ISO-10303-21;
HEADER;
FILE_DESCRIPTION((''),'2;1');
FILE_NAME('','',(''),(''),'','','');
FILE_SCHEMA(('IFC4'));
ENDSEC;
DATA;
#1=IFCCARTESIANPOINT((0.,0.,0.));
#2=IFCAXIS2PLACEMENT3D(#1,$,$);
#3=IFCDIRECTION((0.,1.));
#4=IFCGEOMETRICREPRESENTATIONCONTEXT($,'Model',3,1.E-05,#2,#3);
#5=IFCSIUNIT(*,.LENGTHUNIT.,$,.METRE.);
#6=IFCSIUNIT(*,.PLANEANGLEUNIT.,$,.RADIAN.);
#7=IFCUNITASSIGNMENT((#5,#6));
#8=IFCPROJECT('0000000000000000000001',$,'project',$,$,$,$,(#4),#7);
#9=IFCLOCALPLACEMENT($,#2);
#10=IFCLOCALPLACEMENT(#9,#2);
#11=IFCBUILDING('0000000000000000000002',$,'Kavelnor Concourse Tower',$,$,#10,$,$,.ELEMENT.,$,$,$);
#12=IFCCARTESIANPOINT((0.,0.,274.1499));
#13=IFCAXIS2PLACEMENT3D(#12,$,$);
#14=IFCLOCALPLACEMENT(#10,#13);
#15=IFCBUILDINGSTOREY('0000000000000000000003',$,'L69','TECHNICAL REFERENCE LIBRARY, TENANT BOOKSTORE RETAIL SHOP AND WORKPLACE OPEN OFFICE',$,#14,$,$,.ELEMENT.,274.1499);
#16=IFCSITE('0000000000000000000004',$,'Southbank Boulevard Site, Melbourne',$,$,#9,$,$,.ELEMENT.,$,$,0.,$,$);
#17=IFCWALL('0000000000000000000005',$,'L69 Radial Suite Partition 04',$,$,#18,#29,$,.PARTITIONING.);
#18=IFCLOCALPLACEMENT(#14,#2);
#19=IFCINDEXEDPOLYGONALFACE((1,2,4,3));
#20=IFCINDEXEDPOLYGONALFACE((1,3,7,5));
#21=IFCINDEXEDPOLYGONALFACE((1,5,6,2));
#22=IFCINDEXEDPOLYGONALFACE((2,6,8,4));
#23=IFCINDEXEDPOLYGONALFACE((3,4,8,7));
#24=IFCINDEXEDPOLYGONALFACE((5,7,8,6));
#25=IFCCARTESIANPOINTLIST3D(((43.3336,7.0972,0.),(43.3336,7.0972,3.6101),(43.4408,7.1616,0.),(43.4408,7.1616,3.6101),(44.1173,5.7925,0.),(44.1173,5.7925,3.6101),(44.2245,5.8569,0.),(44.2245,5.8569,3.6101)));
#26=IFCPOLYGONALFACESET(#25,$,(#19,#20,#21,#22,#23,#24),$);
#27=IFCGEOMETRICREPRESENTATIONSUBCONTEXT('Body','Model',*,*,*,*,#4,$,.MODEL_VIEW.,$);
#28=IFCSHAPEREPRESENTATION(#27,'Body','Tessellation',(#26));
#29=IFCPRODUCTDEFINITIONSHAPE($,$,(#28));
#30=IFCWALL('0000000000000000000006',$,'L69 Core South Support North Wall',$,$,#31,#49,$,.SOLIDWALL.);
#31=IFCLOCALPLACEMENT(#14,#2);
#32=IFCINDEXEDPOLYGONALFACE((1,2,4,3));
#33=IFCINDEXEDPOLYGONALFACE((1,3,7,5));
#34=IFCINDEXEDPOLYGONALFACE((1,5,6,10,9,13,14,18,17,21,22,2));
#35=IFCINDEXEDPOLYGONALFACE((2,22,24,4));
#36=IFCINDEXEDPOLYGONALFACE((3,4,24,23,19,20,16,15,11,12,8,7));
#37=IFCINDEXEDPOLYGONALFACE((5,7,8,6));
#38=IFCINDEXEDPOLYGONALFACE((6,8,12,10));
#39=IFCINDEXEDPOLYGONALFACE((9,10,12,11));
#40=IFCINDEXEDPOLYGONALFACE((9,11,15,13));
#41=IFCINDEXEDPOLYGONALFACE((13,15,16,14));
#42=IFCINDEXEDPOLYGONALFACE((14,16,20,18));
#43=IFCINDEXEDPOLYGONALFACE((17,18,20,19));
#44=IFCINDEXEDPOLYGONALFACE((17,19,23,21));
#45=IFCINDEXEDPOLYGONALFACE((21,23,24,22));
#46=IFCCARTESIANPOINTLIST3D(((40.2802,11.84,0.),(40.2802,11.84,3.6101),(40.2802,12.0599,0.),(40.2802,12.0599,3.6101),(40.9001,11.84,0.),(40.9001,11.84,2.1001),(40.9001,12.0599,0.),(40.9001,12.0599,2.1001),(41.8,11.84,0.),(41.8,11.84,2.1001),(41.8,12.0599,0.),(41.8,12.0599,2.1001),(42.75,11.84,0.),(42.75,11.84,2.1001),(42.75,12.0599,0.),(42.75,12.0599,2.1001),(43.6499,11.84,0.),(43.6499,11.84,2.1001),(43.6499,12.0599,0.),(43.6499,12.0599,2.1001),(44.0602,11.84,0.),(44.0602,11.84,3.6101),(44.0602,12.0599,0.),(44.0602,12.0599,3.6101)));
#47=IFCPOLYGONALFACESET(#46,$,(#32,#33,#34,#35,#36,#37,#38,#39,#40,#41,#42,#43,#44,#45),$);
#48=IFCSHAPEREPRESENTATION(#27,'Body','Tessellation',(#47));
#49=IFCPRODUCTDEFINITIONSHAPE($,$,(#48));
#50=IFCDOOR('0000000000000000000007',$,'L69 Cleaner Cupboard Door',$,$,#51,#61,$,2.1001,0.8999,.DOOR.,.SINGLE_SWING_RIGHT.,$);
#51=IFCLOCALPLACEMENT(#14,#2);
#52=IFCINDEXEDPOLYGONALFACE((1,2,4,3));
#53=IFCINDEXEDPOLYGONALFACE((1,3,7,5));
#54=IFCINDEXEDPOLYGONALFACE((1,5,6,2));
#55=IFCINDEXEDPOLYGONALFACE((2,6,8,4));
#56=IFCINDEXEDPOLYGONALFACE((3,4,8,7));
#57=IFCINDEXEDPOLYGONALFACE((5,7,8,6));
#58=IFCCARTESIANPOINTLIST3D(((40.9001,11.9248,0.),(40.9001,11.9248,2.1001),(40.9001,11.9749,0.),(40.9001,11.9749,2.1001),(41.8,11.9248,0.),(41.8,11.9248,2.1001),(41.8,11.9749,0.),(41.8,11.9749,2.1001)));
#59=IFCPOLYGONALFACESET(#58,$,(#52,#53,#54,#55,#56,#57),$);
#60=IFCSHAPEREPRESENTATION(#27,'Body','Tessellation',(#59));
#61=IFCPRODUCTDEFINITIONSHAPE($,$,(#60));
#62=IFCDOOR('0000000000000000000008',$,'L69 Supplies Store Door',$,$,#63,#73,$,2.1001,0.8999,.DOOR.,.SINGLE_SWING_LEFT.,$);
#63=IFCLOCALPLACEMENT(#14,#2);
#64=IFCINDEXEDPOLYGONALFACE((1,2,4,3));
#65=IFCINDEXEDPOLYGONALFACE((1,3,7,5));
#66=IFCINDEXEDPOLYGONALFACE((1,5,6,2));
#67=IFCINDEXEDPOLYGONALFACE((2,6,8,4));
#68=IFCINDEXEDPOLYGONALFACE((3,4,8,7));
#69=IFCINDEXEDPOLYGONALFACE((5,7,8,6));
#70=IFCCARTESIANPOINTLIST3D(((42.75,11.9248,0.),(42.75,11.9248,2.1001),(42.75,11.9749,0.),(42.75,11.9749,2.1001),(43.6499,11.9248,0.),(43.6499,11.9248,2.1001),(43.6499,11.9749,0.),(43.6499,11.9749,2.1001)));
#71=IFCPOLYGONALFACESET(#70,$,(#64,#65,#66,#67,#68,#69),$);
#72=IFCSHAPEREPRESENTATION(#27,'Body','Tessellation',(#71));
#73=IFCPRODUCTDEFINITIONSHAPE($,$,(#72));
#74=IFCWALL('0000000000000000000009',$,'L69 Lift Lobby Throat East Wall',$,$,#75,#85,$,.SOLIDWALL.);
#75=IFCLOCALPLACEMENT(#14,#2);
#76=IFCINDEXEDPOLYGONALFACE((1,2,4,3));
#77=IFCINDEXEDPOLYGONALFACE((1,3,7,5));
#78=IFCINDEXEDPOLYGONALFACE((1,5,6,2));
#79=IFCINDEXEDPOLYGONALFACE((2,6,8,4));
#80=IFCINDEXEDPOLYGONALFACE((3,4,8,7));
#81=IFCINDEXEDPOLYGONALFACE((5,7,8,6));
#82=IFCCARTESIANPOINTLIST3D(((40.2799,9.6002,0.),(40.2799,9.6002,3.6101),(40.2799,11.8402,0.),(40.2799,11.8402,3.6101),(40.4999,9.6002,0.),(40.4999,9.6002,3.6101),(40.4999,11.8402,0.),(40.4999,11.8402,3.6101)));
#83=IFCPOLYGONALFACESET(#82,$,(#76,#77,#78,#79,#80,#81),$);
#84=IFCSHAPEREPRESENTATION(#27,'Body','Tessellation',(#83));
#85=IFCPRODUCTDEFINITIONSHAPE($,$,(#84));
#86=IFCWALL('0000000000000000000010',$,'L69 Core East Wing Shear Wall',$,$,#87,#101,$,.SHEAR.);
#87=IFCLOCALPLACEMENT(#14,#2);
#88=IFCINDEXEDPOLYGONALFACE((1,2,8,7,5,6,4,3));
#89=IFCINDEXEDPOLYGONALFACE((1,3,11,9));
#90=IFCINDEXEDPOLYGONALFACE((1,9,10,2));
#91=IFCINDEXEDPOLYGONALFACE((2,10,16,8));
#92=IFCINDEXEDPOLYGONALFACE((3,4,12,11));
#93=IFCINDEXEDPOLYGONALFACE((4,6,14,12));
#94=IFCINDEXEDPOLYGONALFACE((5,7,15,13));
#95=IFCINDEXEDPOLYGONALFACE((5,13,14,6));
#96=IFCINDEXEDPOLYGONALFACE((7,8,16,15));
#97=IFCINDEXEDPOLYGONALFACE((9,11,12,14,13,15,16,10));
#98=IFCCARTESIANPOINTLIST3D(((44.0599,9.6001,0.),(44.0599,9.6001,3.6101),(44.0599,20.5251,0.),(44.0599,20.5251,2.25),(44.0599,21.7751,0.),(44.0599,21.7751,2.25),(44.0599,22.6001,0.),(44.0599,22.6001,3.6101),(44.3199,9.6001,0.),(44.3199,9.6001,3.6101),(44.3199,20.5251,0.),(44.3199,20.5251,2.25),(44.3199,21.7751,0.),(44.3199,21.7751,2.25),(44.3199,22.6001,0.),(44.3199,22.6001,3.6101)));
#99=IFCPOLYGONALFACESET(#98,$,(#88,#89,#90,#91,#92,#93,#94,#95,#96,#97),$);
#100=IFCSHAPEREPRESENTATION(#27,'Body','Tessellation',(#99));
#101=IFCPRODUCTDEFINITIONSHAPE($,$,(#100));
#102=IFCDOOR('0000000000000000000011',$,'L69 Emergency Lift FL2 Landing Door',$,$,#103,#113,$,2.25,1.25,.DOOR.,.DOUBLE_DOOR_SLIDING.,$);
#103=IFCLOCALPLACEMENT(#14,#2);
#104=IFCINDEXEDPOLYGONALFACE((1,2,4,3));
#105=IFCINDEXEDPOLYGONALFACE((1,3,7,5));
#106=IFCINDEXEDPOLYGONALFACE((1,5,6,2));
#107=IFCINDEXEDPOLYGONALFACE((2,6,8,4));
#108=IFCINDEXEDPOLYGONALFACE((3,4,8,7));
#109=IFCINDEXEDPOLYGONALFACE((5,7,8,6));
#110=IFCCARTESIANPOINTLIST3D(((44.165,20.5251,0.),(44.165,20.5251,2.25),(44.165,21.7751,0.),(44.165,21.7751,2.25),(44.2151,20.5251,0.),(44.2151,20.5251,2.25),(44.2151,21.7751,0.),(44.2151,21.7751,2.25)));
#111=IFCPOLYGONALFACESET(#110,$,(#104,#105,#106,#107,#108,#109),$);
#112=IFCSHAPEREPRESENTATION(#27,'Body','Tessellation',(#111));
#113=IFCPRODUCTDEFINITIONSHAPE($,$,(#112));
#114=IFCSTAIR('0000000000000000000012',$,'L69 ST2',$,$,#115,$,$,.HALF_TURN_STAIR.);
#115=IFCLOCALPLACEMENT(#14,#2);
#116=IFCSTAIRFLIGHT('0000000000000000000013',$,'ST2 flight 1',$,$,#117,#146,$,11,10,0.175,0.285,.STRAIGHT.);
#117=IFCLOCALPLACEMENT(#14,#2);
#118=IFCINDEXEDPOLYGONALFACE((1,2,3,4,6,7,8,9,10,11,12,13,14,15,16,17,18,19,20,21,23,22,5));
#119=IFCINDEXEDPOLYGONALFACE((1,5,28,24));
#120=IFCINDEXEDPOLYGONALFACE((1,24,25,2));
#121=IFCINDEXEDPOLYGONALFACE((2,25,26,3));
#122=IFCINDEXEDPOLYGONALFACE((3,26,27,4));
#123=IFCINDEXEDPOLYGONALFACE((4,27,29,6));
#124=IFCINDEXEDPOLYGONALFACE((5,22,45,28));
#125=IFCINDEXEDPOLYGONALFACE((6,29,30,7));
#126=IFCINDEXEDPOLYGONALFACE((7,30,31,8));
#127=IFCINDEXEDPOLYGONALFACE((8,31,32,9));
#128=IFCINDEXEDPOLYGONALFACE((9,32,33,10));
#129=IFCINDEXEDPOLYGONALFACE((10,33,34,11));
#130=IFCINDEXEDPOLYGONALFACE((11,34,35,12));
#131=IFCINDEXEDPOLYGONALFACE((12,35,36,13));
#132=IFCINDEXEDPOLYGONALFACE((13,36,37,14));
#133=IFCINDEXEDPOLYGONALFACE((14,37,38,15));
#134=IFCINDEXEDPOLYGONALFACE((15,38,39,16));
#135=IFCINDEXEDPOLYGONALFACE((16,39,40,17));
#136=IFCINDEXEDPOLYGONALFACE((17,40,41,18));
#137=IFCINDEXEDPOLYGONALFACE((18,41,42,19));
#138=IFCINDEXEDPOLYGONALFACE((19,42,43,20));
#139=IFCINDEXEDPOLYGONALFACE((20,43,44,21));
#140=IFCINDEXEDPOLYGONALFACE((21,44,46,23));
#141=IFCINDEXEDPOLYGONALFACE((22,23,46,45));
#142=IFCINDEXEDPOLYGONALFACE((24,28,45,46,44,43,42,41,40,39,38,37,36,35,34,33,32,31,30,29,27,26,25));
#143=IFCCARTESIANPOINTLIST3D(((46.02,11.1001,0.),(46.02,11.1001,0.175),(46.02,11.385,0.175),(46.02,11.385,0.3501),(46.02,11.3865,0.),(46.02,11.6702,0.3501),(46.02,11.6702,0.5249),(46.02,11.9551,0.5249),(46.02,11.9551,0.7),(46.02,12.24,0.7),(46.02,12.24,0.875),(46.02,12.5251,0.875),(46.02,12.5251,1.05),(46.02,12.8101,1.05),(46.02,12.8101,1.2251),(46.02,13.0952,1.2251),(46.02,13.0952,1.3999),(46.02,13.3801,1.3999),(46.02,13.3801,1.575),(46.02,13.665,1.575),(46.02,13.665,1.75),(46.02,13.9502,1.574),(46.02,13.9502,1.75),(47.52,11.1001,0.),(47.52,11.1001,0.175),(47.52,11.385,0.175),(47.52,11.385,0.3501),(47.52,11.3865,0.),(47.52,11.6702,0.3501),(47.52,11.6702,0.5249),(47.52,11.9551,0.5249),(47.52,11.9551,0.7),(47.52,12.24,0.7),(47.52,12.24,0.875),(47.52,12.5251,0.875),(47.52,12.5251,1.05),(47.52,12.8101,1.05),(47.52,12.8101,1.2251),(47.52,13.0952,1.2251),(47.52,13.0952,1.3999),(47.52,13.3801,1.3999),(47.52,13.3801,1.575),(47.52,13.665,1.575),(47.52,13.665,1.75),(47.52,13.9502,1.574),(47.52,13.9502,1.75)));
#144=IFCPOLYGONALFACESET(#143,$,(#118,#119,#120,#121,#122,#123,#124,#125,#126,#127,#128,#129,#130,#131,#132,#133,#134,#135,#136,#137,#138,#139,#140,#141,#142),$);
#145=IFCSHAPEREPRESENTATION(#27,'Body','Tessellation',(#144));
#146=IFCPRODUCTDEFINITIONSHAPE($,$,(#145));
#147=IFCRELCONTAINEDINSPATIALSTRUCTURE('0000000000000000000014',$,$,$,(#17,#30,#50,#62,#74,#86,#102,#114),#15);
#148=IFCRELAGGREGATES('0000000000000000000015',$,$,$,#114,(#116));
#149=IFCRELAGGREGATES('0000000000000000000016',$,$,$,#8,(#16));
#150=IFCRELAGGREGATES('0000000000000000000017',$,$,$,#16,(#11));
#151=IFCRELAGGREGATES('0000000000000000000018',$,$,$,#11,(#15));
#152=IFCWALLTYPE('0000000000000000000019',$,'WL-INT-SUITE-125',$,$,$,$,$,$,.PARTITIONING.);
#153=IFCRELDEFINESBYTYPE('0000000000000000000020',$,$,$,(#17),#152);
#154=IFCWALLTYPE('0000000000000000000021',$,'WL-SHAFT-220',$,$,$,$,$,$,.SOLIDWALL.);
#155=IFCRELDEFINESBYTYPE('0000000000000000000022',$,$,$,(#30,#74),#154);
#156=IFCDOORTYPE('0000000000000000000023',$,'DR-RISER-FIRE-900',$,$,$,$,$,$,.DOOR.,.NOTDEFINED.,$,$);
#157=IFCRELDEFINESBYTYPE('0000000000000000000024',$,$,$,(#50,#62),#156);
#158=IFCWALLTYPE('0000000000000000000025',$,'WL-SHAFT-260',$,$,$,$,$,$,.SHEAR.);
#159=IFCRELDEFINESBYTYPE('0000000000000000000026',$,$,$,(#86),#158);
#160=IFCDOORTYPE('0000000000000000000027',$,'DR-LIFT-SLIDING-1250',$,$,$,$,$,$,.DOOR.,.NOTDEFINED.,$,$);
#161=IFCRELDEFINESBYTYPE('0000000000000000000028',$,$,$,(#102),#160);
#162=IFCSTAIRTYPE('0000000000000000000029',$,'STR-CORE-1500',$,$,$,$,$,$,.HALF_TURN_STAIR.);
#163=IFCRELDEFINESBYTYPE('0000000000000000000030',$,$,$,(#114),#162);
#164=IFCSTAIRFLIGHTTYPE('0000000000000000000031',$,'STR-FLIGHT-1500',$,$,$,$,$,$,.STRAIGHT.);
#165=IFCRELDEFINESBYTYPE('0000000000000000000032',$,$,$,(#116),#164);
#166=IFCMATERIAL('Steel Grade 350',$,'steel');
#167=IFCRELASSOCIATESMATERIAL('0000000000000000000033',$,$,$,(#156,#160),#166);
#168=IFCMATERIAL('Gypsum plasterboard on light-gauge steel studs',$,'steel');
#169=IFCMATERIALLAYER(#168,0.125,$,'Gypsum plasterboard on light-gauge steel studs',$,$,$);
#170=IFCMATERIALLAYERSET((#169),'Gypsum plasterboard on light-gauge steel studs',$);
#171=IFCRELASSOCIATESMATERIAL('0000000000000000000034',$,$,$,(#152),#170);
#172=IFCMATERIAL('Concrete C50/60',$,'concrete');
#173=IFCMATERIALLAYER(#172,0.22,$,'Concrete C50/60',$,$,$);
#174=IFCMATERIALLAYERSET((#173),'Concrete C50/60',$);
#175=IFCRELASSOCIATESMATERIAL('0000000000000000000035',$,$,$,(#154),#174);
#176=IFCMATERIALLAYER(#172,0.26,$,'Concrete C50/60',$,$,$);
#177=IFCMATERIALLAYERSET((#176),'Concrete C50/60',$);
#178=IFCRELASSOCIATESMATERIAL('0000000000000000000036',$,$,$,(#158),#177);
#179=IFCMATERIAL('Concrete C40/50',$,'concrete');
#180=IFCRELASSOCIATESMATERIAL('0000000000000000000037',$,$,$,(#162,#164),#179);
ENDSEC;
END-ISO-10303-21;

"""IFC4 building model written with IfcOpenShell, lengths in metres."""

from ifc_helpers import new_model, si_unit, direction, frame, frame_2d, origin, place, context, subcontext, project, spatial, polyline, rectangle, outline, extrude, material, layer, layer_set, type_object, element, fill, aggregate, save


model = new_model("IFC4")

# Units and contexts
model_context = context("Model", 3, precision=1e-05, world=origin(), true_north=direction((0.0, 1.0)))
body_context = subcontext(model_context, "Body", "Model", "MODEL_VIEW")
ifc_project = project(units=[si_unit("LENGTHUNIT", "METRE"), si_unit("PLANEANGLEUNIT", "RADIAN")], contexts=[model_context])

# Site, building, storey
site_placement = place(None, origin())
site = spatial("IfcSite", under=ifc_project, at=site_placement, Name="Southbank Boulevard Site, Melbourne", CompositionType="ELEMENT", RefElevation=0.0)
building_placement = place(site_placement, origin())
building = spatial("IfcBuilding", under=site, at=building_placement, Name="Kavelnor Concourse Tower", CompositionType="ELEMENT")
storey_placement = place(building_placement, frame((0.0, 0.0, 274.1499)))
storey = spatial("IfcBuildingStorey", under=building, at=storey_placement, Name="L69", Description="TECHNICAL REFERENCE LIBRARY, TENANT BOOKSTORE RETAIL SHOP AND WORKPLACE OPEN OFFICE", CompositionType="ELEMENT", Elevation=274.1499)

# Shared definitions
ifc_material_1 = material(Name="Steel Grade 350", Category="steel")

# Shared definitions
ifc_material_2 = material(Name="Concrete C50/60", Category="concrete")
door_type_1 = type_object("IfcDoorType", Name="DR-RISER-FIRE-900", OperationType="NOTDEFINED", PredefinedType="DOOR", material=ifc_material_1)

# Wall
ifc_material_3 = material(Name="Gypsum plasterboard on light-gauge steel studs", Category="steel")
ifc_layer_1 = layer(ifc_material_3, 0.125, Name="Gypsum plasterboard on light-gauge steel studs")
ifc_layer_set_1 = layer_set([ifc_layer_1], Name="Gypsum plasterboard on light-gauge steel studs")
wall_type_1 = type_object("IfcWallType", Name="WL-INT-SUITE-125", PredefinedType="PARTITIONING", material=ifc_layer_set_1)
wall_1_placement = place(storey_placement, frame((43.3872, 7.1294, 0.0), z_axis=(0.0, 0.0, 1.0), x_axis=(0.51492, -0.857238, 0.0)))
element("IfcWall", 1, at=wall_1_placement, inside=storey, type_object=wall_type_1, Name="L69 Radial Suite Partition 04", PredefinedType="PARTITIONING", context=body_context, shape_type="SweptSolid", body=[
    extrude(rectangle(XDim=1.522, YDim=0.125, at=frame_2d((0.761, 0.0))), origin(), (0.0, 0.0, 1.0), 3.6101),
])

# Wall, openings, doors
ifc_layer_2 = layer(ifc_material_2, 0.22, Name="Concrete C50/60")
ifc_layer_set_2 = layer_set([ifc_layer_2], Name="Concrete C50/60")
wall_type_2 = type_object("IfcWallType", Name="WL-SHAFT-220", PredefinedType="SOLIDWALL", material=ifc_layer_set_2)
wall_2_placement = place(storey_placement, frame((40.28, 11.95, 0.0), z_axis=(0.0, 0.0, 1.0), x_axis=(1.0, 0.0, 0.0)))
wall_2 = element("IfcWall", 2, at=wall_2_placement, inside=storey, type_object=wall_type_2, Name="L69 Core South Support North Wall", PredefinedType="SOLIDWALL", context=body_context, shape_type="SweptSolid", body=[
    extrude(rectangle(XDim=3.78, YDim=0.22, at=frame_2d((1.8901, 0.0))), origin(), (0.0, 0.0, 1.0), 3.6101),
])
opening_1_placement = place(wall_2_placement, frame((0.6201, 0.0, 0.0)))
opening_1 = element("IfcOpeningElement", 3, at=opening_1_placement, cuts=wall_2, PredefinedType="OPENING", context=body_context, shape_type="SweptSolid", body=[
    extrude(rectangle(XDim=0.8999, YDim=2.1001, at=frame_2d((0.45, 1.05))), frame((0.0, 0.1201, 0.0), z_axis=(0.0, -1.0, 0.0), x_axis=(1.0, 0.0, 0.0)), (0.0, 0.0, 1.0), 0.24),
])
opening_2_placement = place(wall_2_placement, frame((2.47, 0.0, 0.0)))
opening_2 = element("IfcOpeningElement", 4, at=opening_2_placement, cuts=wall_2, PredefinedType="OPENING", context=body_context, shape_type="SweptSolid", body=[
    extrude(rectangle(XDim=0.8999, YDim=2.1001, at=frame_2d((0.45, 1.05))), frame((0.0, 0.1201, 0.0), z_axis=(0.0, -1.0, 0.0), x_axis=(1.0, 0.0, 0.0)), (0.0, 0.0, 1.0), 0.24),
])
door_1_placement = place(opening_1_placement, origin())
door_1 = element("IfcDoor", 5, at=door_1_placement, inside=storey, type_object=door_type_1, Name="L69 Cleaner Cupboard Door", OperationType="SINGLE_SWING_RIGHT", OverallHeight=2.1001, OverallWidth=0.8999, PredefinedType="DOOR", context=body_context, shape_type="SweptSolid", body=[
    extrude(rectangle(XDim=0.8999, YDim=2.1001, at=frame_2d((0.45, 1.05))), frame((0.0, 0.0249, 0.0), z_axis=(0.0, -1.0, 0.0), x_axis=(1.0, 0.0, 0.0)), (0.0, 0.0, 1.0), 0.05),
])
fill(opening_1, door_1)
door_2_placement = place(opening_2_placement, origin())
door_2 = element("IfcDoor", 6, at=door_2_placement, inside=storey, type_object=door_type_1, Name="L69 Supplies Store Door", OperationType="SINGLE_SWING_LEFT", OverallHeight=2.1001, OverallWidth=0.8999, PredefinedType="DOOR", context=body_context, shape_type="SweptSolid", body=[
    extrude(rectangle(XDim=0.8999, YDim=2.1001, at=frame_2d((0.45, 1.05))), frame((0.0, 0.0249, 0.0), z_axis=(0.0, -1.0, 0.0), x_axis=(1.0, 0.0, 0.0)), (0.0, 0.0, 1.0), 0.05),
])
fill(opening_2, door_2)

# Wall
wall_3_placement = place(storey_placement, frame((40.3899, 9.6001, 0.0), z_axis=(0.0, 0.0, 1.0), x_axis=(0.0, 1.0, 0.0)))
element("IfcWall", 7, at=wall_3_placement, inside=storey, type_object=wall_type_2, Name="L69 Lift Lobby Throat East Wall", PredefinedType="SOLIDWALL", context=body_context, shape_type="SweptSolid", body=[
    extrude(rectangle(XDim=2.24, YDim=0.22, at=frame_2d((1.1201, 0.0))), origin(), (0.0, 0.0, 1.0), 3.6101),
])

# Wall, opening, door
ifc_layer_3 = layer(ifc_material_2, 0.26, Name="Concrete C50/60")
ifc_layer_set_3 = layer_set([ifc_layer_3], Name="Concrete C50/60")
wall_type_3 = type_object("IfcWallType", Name="WL-SHAFT-260", PredefinedType="SHEAR", material=ifc_layer_set_3)
wall_4_placement = place(storey_placement, frame((44.1899, 9.6001, 0.0), z_axis=(0.0, 0.0, 1.0), x_axis=(0.0, 1.0, 0.0)))
wall_4 = element("IfcWall", 8, at=wall_4_placement, inside=storey, type_object=wall_type_3, Name="L69 Core East Wing Shear Wall", PredefinedType="SHEAR", context=body_context, shape_type="SweptSolid", body=[
    extrude(rectangle(XDim=13.0, YDim=0.26, at=frame_2d((6.5, 0.0))), origin(), (0.0, 0.0, 1.0), 3.6101),
])
opening_3_placement = place(wall_4_placement, frame((10.925, 0.0, 0.0)))
opening_3 = element("IfcOpeningElement", 9, at=opening_3_placement, cuts=wall_4, PredefinedType="OPENING", context=body_context, shape_type="SweptSolid", body=[
    extrude(rectangle(XDim=1.25, YDim=2.25, at=frame_2d((0.625, 1.125))), frame((0.0, 0.1401, 0.0), z_axis=(0.0, -1.0, 0.0), x_axis=(1.0, 0.0, 0.0)), (0.0, 0.0, 1.0), 0.28),
])
door_type_2 = type_object("IfcDoorType", Name="DR-LIFT-SLIDING-1250", OperationType="NOTDEFINED", PredefinedType="DOOR", material=ifc_material_1)
door_3_placement = place(opening_3_placement, origin())
door_3 = element("IfcDoor", 10, at=door_3_placement, inside=storey, type_object=door_type_2, Name="L69 Emergency Lift FL2 Landing Door", OperationType="DOUBLE_DOOR_SLIDING", OverallHeight=2.25, OverallWidth=1.25, PredefinedType="DOOR", context=body_context, shape_type="SweptSolid", body=[
    extrude(rectangle(XDim=1.25, YDim=2.25, at=frame_2d((0.625, 1.125))), frame((0.0, 0.0249, 0.0), z_axis=(0.0, -1.0, 0.0), x_axis=(1.0, 0.0, 0.0)), (0.0, 0.0, 1.0), 0.05),
])
fill(opening_3, door_3)

# Stair, stair flight
ifc_material_4 = material(Name="Concrete C40/50", Category="concrete")
stair_type = type_object("IfcStairType", Name="STR-CORE-1500", PredefinedType="HALF_TURN_STAIR", material=ifc_material_4)
stair_placement = place(storey_placement, origin())
stair = element("IfcStair", 11, at=stair_placement, inside=storey, type_object=stair_type, Name="L69 ST2", PredefinedType="HALF_TURN_STAIR")
stair_flight_type = type_object("IfcStairFlightType", Name="STR-FLIGHT-1500", PredefinedType="STRAIGHT", material=ifc_material_4)
stair_flight_1_placement = place(storey_placement, frame((46.77, 11.1001, 0.0), z_axis=(0.0, 0.0, 1.0), x_axis=(0.0, 1.0, 0.0)))
stair_flight_1 = element("IfcStairFlight", 12, at=stair_flight_1_placement, type_object=stair_flight_type, Name="ST2 flight 1", NumberOfRisers=11, NumberOfTreads=10, PredefinedType="STRAIGHT", RiserHeight=0.175, TreadLength=0.285, context=body_context, shape_type="SweptSolid", body=[
    extrude(outline(polyline([(0.0, 0.0), (0.0, 0.175), (0.2849, 0.175), (0.2849, 0.3501), (0.5701, 0.3501), (0.5701, 0.5249), (0.855, 0.5249), (0.855, 0.7), (1.1399, 0.7), (1.1399, 0.875), (1.425, 0.875), (1.425, 1.05), (1.71, 1.05), (1.71, 1.2251), (1.9951, 1.2251), (1.9951, 1.3999), (2.28, 1.3999), (2.28, 1.575), (2.5649, 1.575), (2.5649, 1.75), (2.8501, 1.75), (2.8501, 1.925), (2.8501, 1.574), (0.2864, 0.0), (0.0, 0.0)])), frame((0.0, 0.75, 0.0), z_axis=(0.0, -1.0, 0.0), x_axis=(1.0, 0.0, 0.0)), (0.0, 0.0, 1.0), 1.5),
])
aggregate(stair, [stair_flight_1])

save(model, "model.ifc")
